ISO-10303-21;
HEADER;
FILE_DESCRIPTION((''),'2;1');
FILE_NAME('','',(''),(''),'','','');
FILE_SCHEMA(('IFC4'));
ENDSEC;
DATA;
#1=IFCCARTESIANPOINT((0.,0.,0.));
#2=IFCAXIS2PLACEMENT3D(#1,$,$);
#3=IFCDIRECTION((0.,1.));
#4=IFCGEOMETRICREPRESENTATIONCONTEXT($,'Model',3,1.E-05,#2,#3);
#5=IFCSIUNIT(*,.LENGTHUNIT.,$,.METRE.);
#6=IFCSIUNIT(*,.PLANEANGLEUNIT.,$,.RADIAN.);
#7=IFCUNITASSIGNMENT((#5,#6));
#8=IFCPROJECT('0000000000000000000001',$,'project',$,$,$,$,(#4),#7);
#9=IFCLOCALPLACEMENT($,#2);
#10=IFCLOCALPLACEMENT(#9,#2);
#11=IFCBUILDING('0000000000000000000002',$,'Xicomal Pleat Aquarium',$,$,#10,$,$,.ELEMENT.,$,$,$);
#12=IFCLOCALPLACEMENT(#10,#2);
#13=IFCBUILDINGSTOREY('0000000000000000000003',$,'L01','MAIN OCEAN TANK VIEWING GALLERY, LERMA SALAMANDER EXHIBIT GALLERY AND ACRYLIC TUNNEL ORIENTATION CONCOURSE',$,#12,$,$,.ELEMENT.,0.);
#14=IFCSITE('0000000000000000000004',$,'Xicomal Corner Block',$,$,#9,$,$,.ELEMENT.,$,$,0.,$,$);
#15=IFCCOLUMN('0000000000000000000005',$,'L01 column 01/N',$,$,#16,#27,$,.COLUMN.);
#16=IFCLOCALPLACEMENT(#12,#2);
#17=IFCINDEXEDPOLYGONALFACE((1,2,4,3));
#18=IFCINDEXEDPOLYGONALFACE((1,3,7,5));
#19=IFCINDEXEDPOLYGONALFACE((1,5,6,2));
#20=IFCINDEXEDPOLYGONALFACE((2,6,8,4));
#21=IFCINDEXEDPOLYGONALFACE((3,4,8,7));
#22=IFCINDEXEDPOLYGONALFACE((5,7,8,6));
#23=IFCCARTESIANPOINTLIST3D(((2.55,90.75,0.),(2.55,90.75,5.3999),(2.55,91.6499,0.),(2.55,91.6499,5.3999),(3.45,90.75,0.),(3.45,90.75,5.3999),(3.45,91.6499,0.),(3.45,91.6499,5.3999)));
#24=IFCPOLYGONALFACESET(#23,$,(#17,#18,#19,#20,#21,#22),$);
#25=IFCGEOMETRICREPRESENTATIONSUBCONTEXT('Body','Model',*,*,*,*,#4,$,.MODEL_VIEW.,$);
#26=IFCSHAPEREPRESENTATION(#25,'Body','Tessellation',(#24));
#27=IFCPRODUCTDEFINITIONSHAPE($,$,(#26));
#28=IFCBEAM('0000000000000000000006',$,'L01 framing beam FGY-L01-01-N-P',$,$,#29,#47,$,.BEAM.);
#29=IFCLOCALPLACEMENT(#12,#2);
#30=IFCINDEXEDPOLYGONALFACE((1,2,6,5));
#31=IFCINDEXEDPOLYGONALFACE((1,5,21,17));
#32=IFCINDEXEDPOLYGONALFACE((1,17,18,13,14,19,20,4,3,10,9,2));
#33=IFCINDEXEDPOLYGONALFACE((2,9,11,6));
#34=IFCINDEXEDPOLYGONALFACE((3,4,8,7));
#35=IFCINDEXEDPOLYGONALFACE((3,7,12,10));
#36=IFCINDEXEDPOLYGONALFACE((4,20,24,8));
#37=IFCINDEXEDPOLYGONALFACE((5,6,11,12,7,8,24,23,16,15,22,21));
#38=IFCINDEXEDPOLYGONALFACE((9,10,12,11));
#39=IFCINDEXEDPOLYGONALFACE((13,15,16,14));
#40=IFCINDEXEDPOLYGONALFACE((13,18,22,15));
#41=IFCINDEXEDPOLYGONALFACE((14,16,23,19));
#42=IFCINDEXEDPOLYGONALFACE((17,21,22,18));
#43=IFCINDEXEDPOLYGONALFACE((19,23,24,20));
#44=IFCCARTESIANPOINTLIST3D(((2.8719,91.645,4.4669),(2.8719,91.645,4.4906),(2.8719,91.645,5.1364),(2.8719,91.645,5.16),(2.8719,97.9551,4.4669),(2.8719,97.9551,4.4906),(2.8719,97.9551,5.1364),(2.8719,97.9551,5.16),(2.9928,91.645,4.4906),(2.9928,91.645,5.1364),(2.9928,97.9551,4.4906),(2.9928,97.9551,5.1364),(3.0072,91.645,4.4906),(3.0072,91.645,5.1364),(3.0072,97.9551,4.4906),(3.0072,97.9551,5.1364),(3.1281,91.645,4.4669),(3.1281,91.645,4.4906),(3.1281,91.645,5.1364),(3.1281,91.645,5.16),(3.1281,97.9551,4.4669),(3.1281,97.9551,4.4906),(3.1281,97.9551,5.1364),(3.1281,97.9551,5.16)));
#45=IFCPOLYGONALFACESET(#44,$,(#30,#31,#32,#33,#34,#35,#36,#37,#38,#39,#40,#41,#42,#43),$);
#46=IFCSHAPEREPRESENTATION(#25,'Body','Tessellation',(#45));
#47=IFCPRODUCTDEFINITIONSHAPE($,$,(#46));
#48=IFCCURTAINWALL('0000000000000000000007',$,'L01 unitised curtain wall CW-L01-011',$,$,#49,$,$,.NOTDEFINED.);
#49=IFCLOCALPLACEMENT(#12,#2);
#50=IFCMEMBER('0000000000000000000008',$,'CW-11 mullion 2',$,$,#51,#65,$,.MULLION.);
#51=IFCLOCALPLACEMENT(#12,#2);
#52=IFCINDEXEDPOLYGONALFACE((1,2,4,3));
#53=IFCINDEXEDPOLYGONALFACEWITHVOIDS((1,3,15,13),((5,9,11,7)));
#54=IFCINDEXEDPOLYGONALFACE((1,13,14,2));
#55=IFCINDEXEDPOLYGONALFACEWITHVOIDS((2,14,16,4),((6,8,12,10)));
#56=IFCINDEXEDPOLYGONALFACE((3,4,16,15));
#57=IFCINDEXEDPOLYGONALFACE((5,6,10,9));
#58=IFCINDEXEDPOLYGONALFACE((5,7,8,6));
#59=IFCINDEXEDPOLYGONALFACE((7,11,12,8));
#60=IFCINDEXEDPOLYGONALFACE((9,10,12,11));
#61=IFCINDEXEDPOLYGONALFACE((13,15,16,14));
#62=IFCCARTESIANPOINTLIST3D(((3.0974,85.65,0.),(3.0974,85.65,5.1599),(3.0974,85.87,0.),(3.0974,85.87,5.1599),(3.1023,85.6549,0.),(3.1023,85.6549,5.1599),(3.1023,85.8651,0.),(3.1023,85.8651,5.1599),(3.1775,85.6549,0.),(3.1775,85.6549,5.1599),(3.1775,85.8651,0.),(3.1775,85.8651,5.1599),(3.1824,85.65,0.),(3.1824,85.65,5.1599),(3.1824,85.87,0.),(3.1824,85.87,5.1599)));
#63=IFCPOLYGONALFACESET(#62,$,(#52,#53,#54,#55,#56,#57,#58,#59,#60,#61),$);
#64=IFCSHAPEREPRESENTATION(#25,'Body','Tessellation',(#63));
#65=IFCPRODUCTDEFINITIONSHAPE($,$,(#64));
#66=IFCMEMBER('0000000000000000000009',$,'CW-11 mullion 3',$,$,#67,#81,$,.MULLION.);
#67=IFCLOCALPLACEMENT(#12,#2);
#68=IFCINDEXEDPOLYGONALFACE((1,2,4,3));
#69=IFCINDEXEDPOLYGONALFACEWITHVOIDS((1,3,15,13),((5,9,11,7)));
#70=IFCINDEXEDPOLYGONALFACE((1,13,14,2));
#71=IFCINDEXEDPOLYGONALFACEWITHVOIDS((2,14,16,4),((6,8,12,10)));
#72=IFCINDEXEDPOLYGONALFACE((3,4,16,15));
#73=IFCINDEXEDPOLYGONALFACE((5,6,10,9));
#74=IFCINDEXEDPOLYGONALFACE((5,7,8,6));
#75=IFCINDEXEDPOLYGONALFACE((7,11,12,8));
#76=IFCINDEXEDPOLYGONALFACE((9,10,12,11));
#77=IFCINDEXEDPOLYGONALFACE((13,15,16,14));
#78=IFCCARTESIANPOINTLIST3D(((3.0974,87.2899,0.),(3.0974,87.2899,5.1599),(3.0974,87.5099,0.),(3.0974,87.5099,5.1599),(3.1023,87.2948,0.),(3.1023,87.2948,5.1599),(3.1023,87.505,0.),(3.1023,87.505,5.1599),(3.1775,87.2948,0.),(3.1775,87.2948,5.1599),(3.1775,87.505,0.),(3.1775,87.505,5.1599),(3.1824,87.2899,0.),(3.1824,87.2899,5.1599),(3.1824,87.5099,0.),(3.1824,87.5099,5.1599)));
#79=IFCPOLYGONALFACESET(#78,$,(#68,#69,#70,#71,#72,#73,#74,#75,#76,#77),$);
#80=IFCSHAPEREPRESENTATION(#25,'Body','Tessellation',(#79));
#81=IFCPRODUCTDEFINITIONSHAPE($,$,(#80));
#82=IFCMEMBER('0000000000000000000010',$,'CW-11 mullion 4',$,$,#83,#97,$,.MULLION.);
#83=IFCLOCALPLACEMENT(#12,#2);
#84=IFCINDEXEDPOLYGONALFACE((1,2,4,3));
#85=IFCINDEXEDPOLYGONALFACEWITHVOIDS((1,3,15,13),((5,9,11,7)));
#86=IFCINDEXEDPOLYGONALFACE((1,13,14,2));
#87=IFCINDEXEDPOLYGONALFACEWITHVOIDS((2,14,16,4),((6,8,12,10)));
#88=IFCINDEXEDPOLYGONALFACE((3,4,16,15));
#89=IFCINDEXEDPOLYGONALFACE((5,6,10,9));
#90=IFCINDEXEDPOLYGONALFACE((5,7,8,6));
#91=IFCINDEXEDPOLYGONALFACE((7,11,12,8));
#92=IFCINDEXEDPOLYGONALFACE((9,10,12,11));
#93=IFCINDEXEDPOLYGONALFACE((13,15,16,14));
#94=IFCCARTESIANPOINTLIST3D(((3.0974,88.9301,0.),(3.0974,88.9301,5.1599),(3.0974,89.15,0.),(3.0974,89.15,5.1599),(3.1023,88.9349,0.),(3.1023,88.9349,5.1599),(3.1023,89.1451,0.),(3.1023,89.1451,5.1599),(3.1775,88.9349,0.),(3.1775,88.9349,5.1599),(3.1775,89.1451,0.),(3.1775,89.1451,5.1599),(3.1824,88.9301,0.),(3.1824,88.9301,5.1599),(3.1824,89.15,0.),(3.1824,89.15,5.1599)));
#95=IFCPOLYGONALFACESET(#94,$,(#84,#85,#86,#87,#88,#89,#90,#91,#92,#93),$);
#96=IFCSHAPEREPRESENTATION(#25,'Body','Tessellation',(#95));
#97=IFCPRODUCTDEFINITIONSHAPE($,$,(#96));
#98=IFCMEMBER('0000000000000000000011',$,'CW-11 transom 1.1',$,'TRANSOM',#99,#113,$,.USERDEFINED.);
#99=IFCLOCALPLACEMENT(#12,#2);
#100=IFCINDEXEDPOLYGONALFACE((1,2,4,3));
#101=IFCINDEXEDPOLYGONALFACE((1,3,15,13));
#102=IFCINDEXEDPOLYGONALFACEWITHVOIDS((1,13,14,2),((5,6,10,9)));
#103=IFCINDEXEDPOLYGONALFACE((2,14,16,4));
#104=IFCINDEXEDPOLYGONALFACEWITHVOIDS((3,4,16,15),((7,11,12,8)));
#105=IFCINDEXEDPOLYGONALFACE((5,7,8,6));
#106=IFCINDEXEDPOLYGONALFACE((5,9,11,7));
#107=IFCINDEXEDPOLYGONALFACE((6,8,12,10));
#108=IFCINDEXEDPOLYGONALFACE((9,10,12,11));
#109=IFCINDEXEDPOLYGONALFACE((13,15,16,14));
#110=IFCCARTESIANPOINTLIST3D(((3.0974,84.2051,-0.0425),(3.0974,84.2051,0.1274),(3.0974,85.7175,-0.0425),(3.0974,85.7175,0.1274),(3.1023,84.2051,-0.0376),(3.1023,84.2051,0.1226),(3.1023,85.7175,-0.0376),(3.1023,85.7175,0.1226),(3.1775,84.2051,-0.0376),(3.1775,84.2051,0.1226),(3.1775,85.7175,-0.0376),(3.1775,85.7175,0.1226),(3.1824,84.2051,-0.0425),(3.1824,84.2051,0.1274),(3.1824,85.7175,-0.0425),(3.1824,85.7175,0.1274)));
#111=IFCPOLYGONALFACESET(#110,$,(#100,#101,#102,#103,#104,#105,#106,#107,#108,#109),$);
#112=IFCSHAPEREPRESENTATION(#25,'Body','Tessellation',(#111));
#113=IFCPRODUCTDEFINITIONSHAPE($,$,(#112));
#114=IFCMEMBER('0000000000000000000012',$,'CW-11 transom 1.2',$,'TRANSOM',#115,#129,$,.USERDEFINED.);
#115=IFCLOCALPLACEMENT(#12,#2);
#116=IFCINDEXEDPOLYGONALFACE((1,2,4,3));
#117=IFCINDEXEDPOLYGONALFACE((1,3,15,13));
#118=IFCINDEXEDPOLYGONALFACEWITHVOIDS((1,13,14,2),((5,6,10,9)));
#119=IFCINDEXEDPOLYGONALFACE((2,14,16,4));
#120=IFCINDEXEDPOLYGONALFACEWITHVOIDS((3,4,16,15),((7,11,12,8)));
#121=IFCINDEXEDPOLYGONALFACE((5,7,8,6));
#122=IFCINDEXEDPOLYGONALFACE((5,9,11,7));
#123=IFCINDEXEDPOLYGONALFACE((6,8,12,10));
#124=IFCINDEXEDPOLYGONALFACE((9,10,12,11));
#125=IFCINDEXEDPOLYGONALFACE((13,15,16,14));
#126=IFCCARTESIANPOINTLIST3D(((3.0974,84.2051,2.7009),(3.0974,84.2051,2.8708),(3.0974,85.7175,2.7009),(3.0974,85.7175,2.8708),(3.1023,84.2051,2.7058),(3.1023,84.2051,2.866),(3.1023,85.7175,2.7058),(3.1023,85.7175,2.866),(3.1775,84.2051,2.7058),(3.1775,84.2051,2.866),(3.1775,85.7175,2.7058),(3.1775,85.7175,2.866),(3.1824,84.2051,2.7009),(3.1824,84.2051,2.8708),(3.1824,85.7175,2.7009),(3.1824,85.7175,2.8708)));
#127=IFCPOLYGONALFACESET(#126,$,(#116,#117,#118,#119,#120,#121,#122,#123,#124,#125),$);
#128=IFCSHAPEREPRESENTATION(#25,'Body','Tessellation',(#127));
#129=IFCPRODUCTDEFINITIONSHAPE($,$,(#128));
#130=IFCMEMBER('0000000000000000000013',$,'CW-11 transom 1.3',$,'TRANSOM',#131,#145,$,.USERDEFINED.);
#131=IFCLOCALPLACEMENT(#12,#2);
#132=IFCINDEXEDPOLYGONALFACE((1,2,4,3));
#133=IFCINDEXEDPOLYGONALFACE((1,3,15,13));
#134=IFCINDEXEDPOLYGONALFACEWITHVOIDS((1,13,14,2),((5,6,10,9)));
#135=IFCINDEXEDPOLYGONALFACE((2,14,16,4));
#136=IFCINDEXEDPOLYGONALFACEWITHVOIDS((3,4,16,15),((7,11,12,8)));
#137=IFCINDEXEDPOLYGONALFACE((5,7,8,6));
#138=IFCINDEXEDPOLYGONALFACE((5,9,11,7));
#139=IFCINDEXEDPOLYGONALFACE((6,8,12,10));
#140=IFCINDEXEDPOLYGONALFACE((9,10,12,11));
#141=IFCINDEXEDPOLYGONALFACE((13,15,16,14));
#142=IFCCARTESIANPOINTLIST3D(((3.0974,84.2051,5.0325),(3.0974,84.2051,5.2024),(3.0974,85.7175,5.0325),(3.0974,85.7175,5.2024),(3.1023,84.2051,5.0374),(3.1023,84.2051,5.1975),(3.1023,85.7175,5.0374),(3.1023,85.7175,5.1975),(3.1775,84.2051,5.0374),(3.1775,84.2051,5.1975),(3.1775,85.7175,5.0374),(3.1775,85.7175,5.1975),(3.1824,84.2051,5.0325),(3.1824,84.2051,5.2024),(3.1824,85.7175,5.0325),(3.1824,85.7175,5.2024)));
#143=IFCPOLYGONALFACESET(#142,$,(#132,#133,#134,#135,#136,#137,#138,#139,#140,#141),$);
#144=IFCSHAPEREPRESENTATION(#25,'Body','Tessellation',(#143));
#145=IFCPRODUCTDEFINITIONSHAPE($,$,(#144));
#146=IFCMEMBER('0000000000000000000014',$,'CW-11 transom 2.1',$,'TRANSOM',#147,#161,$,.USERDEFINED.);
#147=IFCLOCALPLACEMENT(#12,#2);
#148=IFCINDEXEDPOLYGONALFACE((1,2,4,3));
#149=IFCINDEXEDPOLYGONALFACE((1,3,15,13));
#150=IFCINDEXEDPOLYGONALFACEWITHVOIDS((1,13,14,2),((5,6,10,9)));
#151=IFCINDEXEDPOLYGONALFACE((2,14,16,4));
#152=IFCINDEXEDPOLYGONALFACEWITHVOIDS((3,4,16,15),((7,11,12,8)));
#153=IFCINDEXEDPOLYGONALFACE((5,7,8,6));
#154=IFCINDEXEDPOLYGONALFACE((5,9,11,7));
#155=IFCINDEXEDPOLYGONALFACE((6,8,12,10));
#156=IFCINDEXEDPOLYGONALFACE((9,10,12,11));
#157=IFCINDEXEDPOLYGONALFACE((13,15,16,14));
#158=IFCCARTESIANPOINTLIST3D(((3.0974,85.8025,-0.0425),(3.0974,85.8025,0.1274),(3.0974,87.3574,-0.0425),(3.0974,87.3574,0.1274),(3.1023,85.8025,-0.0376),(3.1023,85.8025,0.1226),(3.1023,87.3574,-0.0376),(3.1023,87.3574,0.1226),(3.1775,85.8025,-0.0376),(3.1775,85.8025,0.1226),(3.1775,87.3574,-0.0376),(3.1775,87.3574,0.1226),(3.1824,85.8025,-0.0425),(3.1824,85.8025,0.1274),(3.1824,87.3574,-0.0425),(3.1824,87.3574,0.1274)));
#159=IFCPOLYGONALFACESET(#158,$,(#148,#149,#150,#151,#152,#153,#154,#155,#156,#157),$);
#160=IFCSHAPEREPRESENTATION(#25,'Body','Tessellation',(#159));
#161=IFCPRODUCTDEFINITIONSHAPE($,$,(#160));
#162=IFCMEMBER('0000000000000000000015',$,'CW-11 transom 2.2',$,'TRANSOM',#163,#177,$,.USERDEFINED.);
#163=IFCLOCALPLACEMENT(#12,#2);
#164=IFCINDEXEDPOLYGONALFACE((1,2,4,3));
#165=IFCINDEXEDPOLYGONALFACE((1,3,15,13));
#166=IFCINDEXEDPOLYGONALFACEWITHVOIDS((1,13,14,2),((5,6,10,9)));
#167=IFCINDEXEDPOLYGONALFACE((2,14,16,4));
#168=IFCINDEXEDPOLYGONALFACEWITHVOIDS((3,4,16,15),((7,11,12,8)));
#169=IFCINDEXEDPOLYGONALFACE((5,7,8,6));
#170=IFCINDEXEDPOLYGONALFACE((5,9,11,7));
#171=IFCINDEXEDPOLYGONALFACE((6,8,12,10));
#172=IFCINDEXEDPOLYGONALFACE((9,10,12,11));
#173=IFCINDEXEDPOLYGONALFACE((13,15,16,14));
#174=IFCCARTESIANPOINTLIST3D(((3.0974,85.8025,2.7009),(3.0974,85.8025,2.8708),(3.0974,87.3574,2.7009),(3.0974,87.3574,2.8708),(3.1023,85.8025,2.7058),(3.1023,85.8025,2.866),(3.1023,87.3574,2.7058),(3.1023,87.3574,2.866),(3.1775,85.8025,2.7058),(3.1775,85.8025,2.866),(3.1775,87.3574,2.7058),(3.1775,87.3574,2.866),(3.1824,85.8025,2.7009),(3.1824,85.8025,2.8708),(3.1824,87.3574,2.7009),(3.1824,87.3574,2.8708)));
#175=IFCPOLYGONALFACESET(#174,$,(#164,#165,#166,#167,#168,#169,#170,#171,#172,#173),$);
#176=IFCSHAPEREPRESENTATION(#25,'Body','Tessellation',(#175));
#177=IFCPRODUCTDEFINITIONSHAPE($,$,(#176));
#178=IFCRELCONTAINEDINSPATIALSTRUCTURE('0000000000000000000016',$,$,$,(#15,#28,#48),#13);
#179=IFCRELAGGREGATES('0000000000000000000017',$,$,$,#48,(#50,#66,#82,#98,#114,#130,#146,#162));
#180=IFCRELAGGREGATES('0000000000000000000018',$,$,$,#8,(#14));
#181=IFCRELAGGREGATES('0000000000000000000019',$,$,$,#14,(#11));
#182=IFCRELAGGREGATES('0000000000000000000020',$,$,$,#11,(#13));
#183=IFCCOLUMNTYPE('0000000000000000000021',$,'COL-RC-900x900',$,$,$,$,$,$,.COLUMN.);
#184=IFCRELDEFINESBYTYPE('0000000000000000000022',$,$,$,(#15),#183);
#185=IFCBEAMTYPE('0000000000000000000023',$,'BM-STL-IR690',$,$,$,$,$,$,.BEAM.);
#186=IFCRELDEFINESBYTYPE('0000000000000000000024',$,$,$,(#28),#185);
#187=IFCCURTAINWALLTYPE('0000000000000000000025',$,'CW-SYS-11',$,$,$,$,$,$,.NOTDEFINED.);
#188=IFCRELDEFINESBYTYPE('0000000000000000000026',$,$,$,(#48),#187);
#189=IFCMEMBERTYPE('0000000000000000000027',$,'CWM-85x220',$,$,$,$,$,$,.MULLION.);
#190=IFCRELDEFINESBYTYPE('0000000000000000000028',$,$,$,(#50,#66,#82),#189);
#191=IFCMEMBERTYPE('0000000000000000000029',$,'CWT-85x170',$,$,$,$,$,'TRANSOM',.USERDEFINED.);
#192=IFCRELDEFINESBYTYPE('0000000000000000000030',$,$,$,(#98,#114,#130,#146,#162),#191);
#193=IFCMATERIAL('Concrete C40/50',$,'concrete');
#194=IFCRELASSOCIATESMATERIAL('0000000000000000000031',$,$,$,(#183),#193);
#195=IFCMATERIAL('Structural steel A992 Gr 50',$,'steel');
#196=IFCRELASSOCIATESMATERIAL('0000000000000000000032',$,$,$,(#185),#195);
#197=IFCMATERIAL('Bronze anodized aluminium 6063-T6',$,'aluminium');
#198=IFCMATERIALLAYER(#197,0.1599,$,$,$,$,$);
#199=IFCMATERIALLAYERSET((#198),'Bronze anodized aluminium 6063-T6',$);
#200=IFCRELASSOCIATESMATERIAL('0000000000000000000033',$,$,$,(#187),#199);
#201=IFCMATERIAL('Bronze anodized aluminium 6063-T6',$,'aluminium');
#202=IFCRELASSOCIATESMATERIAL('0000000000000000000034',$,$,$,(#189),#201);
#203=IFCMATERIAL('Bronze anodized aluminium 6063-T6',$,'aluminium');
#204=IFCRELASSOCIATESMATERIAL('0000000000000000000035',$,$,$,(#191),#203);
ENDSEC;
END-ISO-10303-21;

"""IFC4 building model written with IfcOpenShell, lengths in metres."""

from ifc_helpers import new_model, si_unit, direction, frame, origin, origin_2d, place, context, subcontext, project, spatial, rectangle, hollow_rectangle, i_section, extrude, material, layer, layer_set, material_profile, profile_set, type_object, element, aggregate, save


model = new_model("IFC4")

# Units and contexts
model_context = context("Model", 3, precision=1e-05, world=origin(), true_north=direction((0.0, 1.0)))
body_context = subcontext(model_context, "Body", "Model", "MODEL_VIEW")
ifc_project = project(units=[si_unit("LENGTHUNIT", "METRE"), si_unit("PLANEANGLEUNIT", "RADIAN")], contexts=[model_context])

# Site, building, storey
site_placement = place(None, origin())
site = spatial("IfcSite", under=ifc_project, at=site_placement, Name="Xicomal Corner Block", CompositionType="ELEMENT", RefElevation=0.0)
building_placement = place(site_placement, origin())
building = spatial("IfcBuilding", under=site, at=building_placement, Name="Xicomal Pleat Aquarium", CompositionType="ELEMENT")
storey_placement = place(building_placement, origin())
storey = spatial("IfcBuildingStorey", under=building, at=storey_placement, Name="L01", Description="MAIN OCEAN TANK VIEWING GALLERY, LERMA SALAMANDER EXHIBIT GALLERY AND ACRYLIC TUNNEL ORIENTATION CONCOURSE", CompositionType="ELEMENT", Elevation=0.0)

# Column
ifc_material_1 = material(Name="Concrete C40/50", Category="concrete")
ifc_material_profile_1 = material_profile(ifc_material_1, rectangle(XDim=0.8999, YDim=0.8999, at=origin_2d()), Name="RC 900x900")
ifc_profile_set_1 = profile_set([ifc_material_profile_1], Name="Concrete C40/50")
column_type = type_object("IfcColumnType", Name="COL-RC-900x900", PredefinedType="COLUMN", material=ifc_profile_set_1)
column_placement = place(storey_placement, frame((3.0, 91.2, 0.0), z_axis=(0.0, 0.0, 1.0), x_axis=(1.0, 0.0, 0.0)))
element("IfcColumn", 1, at=column_placement, inside=storey, type_object=column_type, Name="L01 column 01/N", PredefinedType="COLUMN", context=body_context, shape_type="SweptSolid", body=[
    extrude(rectangle(XDim=0.8999, YDim=0.8999, at=origin_2d()), origin(), (0.0, 0.0, 1.0), 5.3999),
])

# Beam
ifc_material_2 = material(Name="Structural steel A992 Gr 50", Category="steel")
ifc_material_profile_2 = material_profile(ifc_material_2, i_section(OverallWidth=0.2561, OverallDepth=0.6931, WebThickness=0.0144, FlangeThickness=0.0237, at=origin_2d()), Name="IR 690x170")
ifc_profile_set_2 = profile_set([ifc_material_profile_2], Name="Structural steel A992 Gr 50")
beam_type = type_object("IfcBeamType", Name="BM-STL-IR690", PredefinedType="BEAM", material=ifc_profile_set_2)
beam_placement = place(storey_placement, frame((3.0, 91.645, 4.8135), z_axis=(0.0, 1.0, 0.0), x_axis=(-1.0, 0.0, 0.0)))
element("IfcBeam", 2, at=beam_placement, inside=storey, type_object=beam_type, Name="L01 framing beam FGY-L01-01-N-P", PredefinedType="BEAM", context=body_context, shape_type="SweptSolid", body=[
    extrude(i_section(OverallWidth=0.2561, OverallDepth=0.6931, WebThickness=0.0144, FlangeThickness=0.0237, at=origin_2d()), origin(), (0.0, 0.0, 1.0), 6.3101),
])

# Curtain wall, members
ifc_material_3 = material(Name="Bronze anodized aluminium 6063-T6", Category="aluminium")
ifc_layer_1 = layer(ifc_material_3, 0.1599)
ifc_layer_set_1 = layer_set([ifc_layer_1], Name="Bronze anodized aluminium 6063-T6")
curtain_wall_type = type_object("IfcCurtainWallType", Name="CW-SYS-11", PredefinedType="NOTDEFINED", material=ifc_layer_set_1)
curtain_wall_placement = place(storey_placement, origin())
curtain_wall = element("IfcCurtainWall", 3, at=curtain_wall_placement, inside=storey, type_object=curtain_wall_type, Name="L01 unitised curtain wall CW-L01-011", PredefinedType="NOTDEFINED")
ifc_material_4 = material(Name="Bronze anodized aluminium 6063-T6", Category="aluminium")
ifc_material_profile_3 = material_profile(ifc_material_4, hollow_rectangle(XDim=0.085, YDim=0.22, WallThickness=0.0049, at=origin_2d()), Name="ALU MULL 85x220")
ifc_profile_set_3 = profile_set([ifc_material_profile_3], Name="Bronze anodized aluminium 6063-T6")
member_type_1 = type_object("IfcMemberType", Name="CWM-85x220", PredefinedType="MULLION", material=ifc_profile_set_3)
member_1_placement = place(storey_placement, frame((3.1399, 85.76, 0.0), z_axis=(0.0, 0.0, 1.0), x_axis=(-1.0, 0.0, 0.0)))
member_1 = element("IfcMember", 4, at=member_1_placement, type_object=member_type_1, Name="CW-11 mullion 2", PredefinedType="MULLION", context=body_context, shape_type="SweptSolid", body=[
    extrude(hollow_rectangle(XDim=0.085, YDim=0.22, WallThickness=0.0049, at=origin_2d()), origin(), (0.0, 0.0, 1.0), 5.1599),
])
member_2_placement = place(storey_placement, frame((3.1399, 87.3999, 0.0), z_axis=(0.0, 0.0, 1.0), x_axis=(-1.0, 0.0, 0.0)))
member_2 = element("IfcMember", 5, at=member_2_placement, type_object=member_type_1, Name="CW-11 mullion 3", PredefinedType="MULLION", context=body_context, shape_type="SweptSolid", body=[
    extrude(hollow_rectangle(XDim=0.085, YDim=0.22, WallThickness=0.0049, at=origin_2d()), origin(), (0.0, 0.0, 1.0), 5.1599),
])
member_3_placement = place(storey_placement, frame((3.1399, 89.04, 0.0), z_axis=(0.0, 0.0, 1.0), x_axis=(-1.0, 0.0, 0.0)))
member_3 = element("IfcMember", 6, at=member_3_placement, type_object=member_type_1, Name="CW-11 mullion 4", PredefinedType="MULLION", context=body_context, shape_type="SweptSolid", body=[
    extrude(hollow_rectangle(XDim=0.085, YDim=0.22, WallThickness=0.0049, at=origin_2d()), origin(), (0.0, 0.0, 1.0), 5.1599),
])
ifc_material_5 = material(Name="Bronze anodized aluminium 6063-T6", Category="aluminium")
ifc_material_profile_4 = material_profile(ifc_material_5, hollow_rectangle(XDim=0.085, YDim=0.1699, WallThickness=0.0049, at=origin_2d()), Name="ALU TRAN 85x170")
ifc_profile_set_4 = profile_set([ifc_material_profile_4], Name="Bronze anodized aluminium 6063-T6")
member_type_2 = type_object("IfcMemberType", Name="CWT-85x170", ElementType="TRANSOM", PredefinedType="USERDEFINED", material=ifc_profile_set_4)
member_4_placement = place(storey_placement, frame((3.1399, 84.2051, 0.0425), z_axis=(0.0, 1.0, 0.0), x_axis=(-1.0, 0.0, 0.0)))
member_4 = element("IfcMember", 7, at=member_4_placement, type_object=member_type_2, Name="CW-11 transom 1.1", ObjectType="TRANSOM", PredefinedType="USERDEFINED", context=body_context, shape_type="SweptSolid", body=[
    extrude(hollow_rectangle(XDim=0.085, YDim=0.1699, WallThickness=0.0049, at=origin_2d()), origin(), (0.0, 0.0, 1.0), 1.5125),
])
member_5_placement = place(storey_placement, frame((3.1399, 84.2051, 2.7859), z_axis=(0.0, 1.0, 0.0), x_axis=(-1.0, 0.0, 0.0)))
member_5 = element("IfcMember", 8, at=member_5_placement, type_object=member_type_2, Name="CW-11 transom 1.2", ObjectType="TRANSOM", PredefinedType="USERDEFINED", context=body_context, shape_type="SweptSolid", body=[
    extrude(hollow_rectangle(XDim=0.085, YDim=0.1699, WallThickness=0.0049, at=origin_2d()), origin(), (0.0, 0.0, 1.0), 1.5125),
])
member_6_placement = place(storey_placement, frame((3.1399, 84.2051, 5.1174), z_axis=(0.0, 1.0, 0.0), x_axis=(-1.0, 0.0, 0.0)))
member_6 = element("IfcMember", 9, at=member_6_placement, type_object=member_type_2, Name="CW-11 transom 1.3", ObjectType="TRANSOM", PredefinedType="USERDEFINED", context=body_context, shape_type="SweptSolid", body=[
    extrude(hollow_rectangle(XDim=0.085, YDim=0.1699, WallThickness=0.0049, at=origin_2d()), origin(), (0.0, 0.0, 1.0), 1.5125),
])
member_7_placement = place(storey_placement, frame((3.1399, 85.8025, 0.0425), z_axis=(0.0, 1.0, 0.0), x_axis=(-1.0, 0.0, 0.0)))
member_7 = element("IfcMember", 10, at=member_7_placement, type_object=member_type_2, Name="CW-11 transom 2.1", ObjectType="TRANSOM", PredefinedType="USERDEFINED", context=body_context, shape_type="SweptSolid", body=[
    extrude(hollow_rectangle(XDim=0.085, YDim=0.1699, WallThickness=0.0049, at=origin_2d()), origin(), (0.0, 0.0, 1.0), 1.5549),
])
member_8_placement = place(storey_placement, frame((3.1399, 85.8025, 2.7859), z_axis=(0.0, 1.0, 0.0), x_axis=(-1.0, 0.0, 0.0)))
member_8 = element("IfcMember", 11, at=member_8_placement, type_object=member_type_2, Name="CW-11 transom 2.2", ObjectType="TRANSOM", PredefinedType="USERDEFINED", context=body_context, shape_type="SweptSolid", body=[
    extrude(hollow_rectangle(XDim=0.085, YDim=0.1699, WallThickness=0.0049, at=origin_2d()), origin(), (0.0, 0.0, 1.0), 1.5549),
])
aggregate(curtain_wall, [member_1, member_2, member_3, member_4, member_5, member_6, member_7, member_8])

save(model, "model.ifc")
